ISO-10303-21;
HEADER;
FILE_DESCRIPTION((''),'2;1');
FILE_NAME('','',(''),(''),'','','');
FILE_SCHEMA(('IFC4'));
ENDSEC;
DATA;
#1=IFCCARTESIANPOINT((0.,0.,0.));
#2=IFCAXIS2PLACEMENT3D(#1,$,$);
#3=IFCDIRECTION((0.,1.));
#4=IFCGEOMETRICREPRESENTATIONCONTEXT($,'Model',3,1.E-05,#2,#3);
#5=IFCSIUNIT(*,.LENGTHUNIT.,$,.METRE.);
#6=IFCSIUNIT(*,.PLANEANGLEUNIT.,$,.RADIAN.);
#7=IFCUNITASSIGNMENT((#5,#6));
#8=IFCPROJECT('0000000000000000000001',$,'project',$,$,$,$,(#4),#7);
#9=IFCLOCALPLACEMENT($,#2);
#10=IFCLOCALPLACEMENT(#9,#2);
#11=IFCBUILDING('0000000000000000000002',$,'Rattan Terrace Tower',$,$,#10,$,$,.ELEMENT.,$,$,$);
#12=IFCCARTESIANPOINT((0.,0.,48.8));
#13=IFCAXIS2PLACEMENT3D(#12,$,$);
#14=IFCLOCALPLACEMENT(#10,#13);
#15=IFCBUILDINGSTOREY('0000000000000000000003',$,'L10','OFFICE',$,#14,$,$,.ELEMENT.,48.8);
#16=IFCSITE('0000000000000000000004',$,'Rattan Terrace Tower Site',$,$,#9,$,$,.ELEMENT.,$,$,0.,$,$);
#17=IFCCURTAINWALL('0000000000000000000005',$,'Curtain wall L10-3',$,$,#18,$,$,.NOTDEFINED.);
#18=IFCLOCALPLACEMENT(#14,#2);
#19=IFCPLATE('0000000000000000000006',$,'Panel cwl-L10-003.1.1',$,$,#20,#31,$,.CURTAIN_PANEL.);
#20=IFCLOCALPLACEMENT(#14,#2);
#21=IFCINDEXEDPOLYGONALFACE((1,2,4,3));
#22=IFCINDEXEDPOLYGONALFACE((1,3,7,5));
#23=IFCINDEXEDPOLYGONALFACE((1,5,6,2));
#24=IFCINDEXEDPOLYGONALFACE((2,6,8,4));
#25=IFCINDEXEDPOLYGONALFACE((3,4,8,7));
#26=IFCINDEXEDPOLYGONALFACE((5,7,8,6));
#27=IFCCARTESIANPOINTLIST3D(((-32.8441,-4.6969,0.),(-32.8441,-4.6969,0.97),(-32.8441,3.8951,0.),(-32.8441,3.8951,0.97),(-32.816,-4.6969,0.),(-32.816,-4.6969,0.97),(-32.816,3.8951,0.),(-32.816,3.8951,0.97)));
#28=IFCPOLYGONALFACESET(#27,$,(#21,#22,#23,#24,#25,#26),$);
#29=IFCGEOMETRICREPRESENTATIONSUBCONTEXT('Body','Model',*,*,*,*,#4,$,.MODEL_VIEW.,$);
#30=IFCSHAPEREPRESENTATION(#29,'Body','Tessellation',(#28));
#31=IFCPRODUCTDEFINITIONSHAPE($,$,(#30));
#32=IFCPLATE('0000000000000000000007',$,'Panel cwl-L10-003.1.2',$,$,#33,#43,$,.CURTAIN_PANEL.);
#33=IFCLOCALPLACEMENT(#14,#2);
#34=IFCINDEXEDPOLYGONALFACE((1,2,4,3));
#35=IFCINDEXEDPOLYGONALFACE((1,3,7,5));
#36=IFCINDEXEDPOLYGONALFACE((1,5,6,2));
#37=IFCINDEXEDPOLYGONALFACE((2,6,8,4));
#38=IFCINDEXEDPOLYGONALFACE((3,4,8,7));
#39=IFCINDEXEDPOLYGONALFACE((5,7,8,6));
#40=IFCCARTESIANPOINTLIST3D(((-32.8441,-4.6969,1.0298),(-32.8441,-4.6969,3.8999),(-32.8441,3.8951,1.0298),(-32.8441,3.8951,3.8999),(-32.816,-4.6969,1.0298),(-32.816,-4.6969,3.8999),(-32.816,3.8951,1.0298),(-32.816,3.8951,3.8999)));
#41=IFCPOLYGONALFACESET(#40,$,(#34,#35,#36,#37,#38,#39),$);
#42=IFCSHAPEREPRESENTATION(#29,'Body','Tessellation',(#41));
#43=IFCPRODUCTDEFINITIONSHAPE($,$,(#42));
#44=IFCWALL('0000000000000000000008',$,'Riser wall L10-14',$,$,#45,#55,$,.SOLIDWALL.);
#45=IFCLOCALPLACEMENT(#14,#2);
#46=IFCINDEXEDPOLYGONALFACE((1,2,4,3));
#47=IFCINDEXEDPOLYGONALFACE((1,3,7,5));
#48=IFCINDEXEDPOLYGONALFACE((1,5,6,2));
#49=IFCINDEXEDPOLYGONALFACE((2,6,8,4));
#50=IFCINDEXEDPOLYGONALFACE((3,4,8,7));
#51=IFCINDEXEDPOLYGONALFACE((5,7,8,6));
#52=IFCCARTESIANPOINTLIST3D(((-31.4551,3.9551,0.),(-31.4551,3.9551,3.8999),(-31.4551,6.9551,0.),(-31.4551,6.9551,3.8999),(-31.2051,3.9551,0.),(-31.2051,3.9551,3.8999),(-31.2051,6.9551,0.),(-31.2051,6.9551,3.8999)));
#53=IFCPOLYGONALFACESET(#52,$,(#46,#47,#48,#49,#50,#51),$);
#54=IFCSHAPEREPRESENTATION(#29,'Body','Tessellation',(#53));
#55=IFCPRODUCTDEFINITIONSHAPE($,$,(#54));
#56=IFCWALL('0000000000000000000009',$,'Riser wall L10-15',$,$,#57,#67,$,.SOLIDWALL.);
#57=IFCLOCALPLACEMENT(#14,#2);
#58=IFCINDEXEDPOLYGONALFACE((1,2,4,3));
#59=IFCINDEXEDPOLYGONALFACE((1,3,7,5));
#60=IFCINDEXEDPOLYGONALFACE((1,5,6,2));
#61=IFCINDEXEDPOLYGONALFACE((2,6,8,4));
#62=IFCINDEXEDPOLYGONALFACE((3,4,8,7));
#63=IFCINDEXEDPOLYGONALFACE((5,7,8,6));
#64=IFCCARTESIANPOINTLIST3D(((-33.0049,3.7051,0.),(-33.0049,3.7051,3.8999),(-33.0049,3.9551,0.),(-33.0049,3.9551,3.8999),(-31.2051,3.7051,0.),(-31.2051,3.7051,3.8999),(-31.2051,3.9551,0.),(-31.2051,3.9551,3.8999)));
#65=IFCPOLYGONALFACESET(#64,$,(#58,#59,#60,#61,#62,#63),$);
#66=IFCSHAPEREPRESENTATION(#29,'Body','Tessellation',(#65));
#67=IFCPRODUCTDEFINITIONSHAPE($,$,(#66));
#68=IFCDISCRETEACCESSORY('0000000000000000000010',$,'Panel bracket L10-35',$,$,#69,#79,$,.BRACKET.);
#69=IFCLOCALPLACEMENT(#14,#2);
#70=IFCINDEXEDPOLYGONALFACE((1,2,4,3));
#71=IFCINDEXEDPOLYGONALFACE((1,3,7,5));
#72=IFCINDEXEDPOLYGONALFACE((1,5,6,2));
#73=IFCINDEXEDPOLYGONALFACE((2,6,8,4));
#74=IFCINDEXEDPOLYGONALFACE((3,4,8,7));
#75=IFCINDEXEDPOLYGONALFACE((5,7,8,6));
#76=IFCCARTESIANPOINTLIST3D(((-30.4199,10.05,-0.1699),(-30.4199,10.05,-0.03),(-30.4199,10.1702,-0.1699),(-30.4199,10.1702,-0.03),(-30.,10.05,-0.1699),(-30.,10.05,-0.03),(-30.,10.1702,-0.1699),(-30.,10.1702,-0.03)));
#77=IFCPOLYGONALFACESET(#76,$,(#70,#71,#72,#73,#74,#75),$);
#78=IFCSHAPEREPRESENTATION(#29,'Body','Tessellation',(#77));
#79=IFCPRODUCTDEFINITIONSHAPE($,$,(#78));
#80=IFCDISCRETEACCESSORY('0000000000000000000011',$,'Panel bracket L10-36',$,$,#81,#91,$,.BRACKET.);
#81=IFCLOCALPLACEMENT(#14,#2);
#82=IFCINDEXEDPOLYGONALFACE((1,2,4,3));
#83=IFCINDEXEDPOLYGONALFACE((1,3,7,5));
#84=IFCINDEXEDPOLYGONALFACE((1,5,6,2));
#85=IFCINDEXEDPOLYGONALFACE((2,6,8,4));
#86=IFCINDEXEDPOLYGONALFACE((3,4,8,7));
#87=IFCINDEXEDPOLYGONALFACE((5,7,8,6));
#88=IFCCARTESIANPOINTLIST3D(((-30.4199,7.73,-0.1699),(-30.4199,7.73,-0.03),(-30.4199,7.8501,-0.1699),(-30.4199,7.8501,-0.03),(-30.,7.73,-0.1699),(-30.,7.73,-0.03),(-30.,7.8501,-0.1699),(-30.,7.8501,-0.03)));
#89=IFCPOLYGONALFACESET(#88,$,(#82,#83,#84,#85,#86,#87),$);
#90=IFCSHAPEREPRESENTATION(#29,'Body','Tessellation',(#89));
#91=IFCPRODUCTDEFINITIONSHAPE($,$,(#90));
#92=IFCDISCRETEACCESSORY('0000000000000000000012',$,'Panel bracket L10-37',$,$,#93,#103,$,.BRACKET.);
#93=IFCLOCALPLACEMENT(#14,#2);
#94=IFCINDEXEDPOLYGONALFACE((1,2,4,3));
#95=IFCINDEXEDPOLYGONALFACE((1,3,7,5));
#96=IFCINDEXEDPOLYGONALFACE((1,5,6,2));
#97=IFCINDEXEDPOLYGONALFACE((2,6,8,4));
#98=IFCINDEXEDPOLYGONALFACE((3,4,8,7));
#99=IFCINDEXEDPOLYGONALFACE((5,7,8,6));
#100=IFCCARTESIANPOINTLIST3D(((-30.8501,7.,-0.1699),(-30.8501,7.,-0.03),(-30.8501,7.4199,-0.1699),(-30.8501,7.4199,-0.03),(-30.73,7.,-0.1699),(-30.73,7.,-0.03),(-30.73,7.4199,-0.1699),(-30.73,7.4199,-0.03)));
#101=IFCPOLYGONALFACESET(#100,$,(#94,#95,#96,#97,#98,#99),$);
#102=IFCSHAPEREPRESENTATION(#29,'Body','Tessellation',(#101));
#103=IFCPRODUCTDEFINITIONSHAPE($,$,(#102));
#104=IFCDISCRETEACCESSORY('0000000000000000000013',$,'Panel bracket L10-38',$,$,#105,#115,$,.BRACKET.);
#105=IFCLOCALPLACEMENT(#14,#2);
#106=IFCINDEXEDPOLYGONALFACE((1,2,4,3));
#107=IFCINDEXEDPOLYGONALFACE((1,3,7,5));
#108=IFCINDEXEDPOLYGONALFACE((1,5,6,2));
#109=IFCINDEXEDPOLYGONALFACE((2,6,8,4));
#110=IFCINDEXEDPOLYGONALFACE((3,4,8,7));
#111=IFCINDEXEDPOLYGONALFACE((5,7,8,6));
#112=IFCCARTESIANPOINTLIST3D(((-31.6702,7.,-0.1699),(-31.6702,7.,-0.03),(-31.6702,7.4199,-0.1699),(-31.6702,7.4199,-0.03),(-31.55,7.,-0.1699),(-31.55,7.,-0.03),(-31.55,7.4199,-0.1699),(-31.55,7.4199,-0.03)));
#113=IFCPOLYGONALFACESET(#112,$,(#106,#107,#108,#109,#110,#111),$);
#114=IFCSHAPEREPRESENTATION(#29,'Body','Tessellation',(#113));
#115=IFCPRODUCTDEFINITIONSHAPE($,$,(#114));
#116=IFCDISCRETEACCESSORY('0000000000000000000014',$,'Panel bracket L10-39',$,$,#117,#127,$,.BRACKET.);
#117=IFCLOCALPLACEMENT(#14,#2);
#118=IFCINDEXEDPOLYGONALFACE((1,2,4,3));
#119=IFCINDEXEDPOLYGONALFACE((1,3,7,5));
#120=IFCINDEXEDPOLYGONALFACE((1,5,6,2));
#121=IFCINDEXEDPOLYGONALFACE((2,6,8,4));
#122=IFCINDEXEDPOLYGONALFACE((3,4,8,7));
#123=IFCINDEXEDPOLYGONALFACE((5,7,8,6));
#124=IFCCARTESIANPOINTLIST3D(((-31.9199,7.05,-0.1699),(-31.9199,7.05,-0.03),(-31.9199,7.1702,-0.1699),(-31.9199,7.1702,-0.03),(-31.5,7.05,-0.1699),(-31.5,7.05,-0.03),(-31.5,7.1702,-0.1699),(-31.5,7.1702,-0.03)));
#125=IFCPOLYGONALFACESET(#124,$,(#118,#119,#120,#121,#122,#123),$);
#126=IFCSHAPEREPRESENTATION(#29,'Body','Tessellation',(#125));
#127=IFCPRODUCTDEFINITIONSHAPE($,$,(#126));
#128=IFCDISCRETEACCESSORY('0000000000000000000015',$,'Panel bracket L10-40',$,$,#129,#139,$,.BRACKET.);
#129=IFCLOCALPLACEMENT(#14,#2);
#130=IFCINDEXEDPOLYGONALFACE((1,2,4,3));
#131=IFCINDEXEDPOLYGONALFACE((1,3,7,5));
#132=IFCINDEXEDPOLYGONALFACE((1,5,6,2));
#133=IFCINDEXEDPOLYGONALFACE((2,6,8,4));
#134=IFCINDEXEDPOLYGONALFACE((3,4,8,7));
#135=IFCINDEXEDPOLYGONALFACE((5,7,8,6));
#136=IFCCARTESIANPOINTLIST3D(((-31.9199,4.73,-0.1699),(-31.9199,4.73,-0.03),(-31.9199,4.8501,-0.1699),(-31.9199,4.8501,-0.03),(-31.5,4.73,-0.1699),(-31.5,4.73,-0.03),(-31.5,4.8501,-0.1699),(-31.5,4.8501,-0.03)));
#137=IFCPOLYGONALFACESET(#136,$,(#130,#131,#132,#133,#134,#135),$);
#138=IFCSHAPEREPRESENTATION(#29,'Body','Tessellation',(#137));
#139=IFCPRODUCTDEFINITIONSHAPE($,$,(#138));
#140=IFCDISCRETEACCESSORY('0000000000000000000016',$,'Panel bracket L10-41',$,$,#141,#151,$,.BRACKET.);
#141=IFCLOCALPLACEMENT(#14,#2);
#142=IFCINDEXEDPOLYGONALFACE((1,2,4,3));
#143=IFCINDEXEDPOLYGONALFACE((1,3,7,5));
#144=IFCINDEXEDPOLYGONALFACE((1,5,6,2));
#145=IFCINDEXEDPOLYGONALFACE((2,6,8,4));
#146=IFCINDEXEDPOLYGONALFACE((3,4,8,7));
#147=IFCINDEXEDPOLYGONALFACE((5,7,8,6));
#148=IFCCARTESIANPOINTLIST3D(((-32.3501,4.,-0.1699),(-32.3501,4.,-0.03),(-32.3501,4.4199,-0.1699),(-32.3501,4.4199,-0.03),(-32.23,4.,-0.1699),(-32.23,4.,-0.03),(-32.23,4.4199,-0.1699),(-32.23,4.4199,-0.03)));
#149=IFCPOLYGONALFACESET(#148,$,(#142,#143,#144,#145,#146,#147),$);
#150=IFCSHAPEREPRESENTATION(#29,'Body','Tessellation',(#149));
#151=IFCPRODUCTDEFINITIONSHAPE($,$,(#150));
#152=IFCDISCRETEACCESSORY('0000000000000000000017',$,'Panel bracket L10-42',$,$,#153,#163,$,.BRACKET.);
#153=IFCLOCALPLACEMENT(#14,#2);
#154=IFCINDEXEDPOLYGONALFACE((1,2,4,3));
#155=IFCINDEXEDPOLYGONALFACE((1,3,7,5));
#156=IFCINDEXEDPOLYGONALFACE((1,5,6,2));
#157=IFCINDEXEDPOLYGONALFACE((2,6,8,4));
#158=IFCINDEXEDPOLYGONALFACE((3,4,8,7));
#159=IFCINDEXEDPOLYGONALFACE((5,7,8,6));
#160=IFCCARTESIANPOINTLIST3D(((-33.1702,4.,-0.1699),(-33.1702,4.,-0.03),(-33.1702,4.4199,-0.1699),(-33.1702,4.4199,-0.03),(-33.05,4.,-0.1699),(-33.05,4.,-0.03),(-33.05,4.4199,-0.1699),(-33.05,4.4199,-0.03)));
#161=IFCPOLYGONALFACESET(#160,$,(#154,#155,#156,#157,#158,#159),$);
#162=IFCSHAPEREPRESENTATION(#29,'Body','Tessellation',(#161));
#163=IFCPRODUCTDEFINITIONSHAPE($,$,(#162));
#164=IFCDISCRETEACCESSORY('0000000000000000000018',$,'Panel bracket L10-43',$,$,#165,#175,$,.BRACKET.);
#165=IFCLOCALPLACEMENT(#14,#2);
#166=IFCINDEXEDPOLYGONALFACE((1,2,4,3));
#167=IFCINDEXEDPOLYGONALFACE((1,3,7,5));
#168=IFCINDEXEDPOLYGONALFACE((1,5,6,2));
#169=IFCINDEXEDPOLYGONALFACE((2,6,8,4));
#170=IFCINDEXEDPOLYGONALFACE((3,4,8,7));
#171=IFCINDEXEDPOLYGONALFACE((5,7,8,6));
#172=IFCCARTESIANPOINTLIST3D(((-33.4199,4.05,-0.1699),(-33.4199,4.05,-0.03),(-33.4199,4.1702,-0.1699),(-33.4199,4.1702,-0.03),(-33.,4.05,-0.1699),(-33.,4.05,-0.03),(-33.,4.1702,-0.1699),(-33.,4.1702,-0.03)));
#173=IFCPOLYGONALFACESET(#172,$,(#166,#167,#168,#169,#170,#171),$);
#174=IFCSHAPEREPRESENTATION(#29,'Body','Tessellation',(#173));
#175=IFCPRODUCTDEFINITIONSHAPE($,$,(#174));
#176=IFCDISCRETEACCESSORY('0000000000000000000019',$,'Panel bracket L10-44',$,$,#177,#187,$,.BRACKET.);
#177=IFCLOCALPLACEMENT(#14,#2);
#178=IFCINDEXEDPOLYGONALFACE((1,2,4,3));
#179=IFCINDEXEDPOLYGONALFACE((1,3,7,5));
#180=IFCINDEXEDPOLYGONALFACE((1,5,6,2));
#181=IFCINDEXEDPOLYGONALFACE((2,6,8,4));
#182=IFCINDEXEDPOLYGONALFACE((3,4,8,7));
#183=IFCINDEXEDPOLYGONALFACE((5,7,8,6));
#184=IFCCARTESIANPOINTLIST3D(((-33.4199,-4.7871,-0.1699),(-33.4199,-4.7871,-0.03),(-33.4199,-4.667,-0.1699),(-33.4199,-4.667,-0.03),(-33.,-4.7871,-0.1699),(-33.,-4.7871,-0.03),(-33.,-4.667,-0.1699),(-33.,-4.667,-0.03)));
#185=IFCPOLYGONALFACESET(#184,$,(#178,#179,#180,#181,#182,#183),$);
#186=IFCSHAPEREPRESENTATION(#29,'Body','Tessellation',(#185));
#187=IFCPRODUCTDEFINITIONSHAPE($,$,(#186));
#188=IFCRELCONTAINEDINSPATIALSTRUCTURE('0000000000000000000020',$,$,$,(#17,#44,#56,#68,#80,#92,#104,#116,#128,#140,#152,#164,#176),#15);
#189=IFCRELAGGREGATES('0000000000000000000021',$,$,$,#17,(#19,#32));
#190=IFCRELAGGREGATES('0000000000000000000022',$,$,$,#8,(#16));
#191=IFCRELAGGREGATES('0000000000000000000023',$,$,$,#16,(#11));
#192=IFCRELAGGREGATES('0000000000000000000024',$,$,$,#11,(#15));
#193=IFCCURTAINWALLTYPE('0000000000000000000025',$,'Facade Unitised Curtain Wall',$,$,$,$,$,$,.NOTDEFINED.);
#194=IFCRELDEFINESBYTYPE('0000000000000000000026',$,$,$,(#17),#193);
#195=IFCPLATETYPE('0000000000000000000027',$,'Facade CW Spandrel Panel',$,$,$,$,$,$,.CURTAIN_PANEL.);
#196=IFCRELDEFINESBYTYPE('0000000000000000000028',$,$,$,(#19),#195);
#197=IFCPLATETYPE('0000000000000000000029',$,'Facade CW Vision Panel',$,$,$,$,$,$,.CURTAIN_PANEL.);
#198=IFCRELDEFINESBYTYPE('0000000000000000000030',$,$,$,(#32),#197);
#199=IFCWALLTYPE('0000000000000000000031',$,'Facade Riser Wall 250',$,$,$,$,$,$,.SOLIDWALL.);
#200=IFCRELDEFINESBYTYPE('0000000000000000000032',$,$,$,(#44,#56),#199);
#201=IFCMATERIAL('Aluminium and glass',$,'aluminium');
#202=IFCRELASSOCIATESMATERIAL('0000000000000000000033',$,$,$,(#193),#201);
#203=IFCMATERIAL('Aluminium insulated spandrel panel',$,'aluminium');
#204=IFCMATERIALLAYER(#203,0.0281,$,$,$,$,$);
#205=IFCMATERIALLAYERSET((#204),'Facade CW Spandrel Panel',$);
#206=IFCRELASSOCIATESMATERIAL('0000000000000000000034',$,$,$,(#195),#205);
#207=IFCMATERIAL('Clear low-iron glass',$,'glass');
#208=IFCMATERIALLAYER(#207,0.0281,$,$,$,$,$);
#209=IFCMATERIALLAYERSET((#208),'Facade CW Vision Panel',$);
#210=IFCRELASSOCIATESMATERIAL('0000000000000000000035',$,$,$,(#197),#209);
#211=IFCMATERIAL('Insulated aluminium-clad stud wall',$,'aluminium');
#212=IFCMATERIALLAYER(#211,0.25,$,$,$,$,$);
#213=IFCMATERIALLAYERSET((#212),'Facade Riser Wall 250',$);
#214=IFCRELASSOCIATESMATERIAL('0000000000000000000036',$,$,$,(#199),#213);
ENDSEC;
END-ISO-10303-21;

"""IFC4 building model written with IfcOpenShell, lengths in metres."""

from ifc_helpers import new_model, si_unit, direction, frame, frame_2d, origin, origin_2d, place, context, subcontext, project, spatial, rectangle, extrude, material, layer, layer_set, type_object, element, aggregate, save


model = new_model("IFC4")

# Units and contexts
model_context = context("Model", 3, precision=1e-05, world=origin(), true_north=direction((0.0, 1.0)))
body_context = subcontext(model_context, "Body", "Model", "MODEL_VIEW")
ifc_project = project(units=[si_unit("LENGTHUNIT", "METRE"), si_unit("PLANEANGLEUNIT", "RADIAN")], contexts=[model_context])

# Site, building, storey
site_placement = place(None, origin())
site = spatial("IfcSite", under=ifc_project, at=site_placement, Name="Rattan Terrace Tower Site", CompositionType="ELEMENT", RefElevation=0.0)
building_placement = place(site_placement, origin())
building = spatial("IfcBuilding", under=site, at=building_placement, Name="Rattan Terrace Tower", CompositionType="ELEMENT")
storey_placement = place(building_placement, frame((0.0, 0.0, 48.8)))
storey = spatial("IfcBuildingStorey", under=building, at=storey_placement, Name="L10", Description="OFFICE", CompositionType="ELEMENT", Elevation=48.8)

# Curtain wall
ifc_material_1 = material(Name="Aluminium and glass", Category="aluminium")
curtain_wall_type = type_object("IfcCurtainWallType", Name="Facade Unitised Curtain Wall", PredefinedType="NOTDEFINED", material=ifc_material_1)
curtain_wall_placement = place(storey_placement, origin())
curtain_wall = element("IfcCurtainWall", 1, at=curtain_wall_placement, inside=storey, type_object=curtain_wall_type, Name="Curtain wall L10-3", PredefinedType="NOTDEFINED")

# Plates
ifc_material_2 = material(Name="Aluminium insulated spandrel panel", Category="aluminium")
ifc_layer_1 = layer(ifc_material_2, 0.0281)
ifc_layer_set_1 = layer_set([ifc_layer_1], Name="Facade CW Spandrel Panel")
plate_type_1 = type_object("IfcPlateType", Name="Facade CW Spandrel Panel", PredefinedType="CURTAIN_PANEL", material=ifc_layer_set_1)
plate_1_placement = place(storey_placement, frame((-32.8301, -0.4009, 0.0), z_axis=(0.0, 0.0, 1.0), x_axis=(0.0, -1.0, 0.0)))
plate_1 = element("IfcPlate", 2, at=plate_1_placement, type_object=plate_type_1, Name="Panel cwl-L10-003.1.1", PredefinedType="CURTAIN_PANEL", context=body_context, shape_type="SweptSolid", body=[
    extrude(rectangle(XDim=8.592, YDim=0.0281, at=origin_2d()), origin(), (0.0, 0.0, 1.0), 0.97),
])
ifc_material_3 = material(Name="Clear low-iron glass", Category="glass")
ifc_layer_2 = layer(ifc_material_3, 0.0281)
ifc_layer_set_2 = layer_set([ifc_layer_2], Name="Facade CW Vision Panel")
plate_type_2 = type_object("IfcPlateType", Name="Facade CW Vision Panel", PredefinedType="CURTAIN_PANEL", material=ifc_layer_set_2)
plate_2_placement = place(storey_placement, frame((-32.8301, -0.4009, 1.0298), z_axis=(0.0, 0.0, 1.0), x_axis=(0.0, -1.0, 0.0)))
plate_2 = element("IfcPlate", 3, at=plate_2_placement, type_object=plate_type_2, Name="Panel cwl-L10-003.1.2", PredefinedType="CURTAIN_PANEL", context=body_context, shape_type="SweptSolid", body=[
    extrude(rectangle(XDim=8.592, YDim=0.0281, at=origin_2d()), origin(), (0.0, 0.0, 1.0), 2.8701),
])
aggregate(curtain_wall, [plate_1, plate_2])

# Walls
ifc_material_4 = material(Name="Insulated aluminium-clad stud wall", Category="aluminium")
ifc_layer_3 = layer(ifc_material_4, 0.25)
ifc_layer_set_3 = layer_set([ifc_layer_3], Name="Facade Riser Wall 250")
wall_type = type_object("IfcWallType", Name="Facade Riser Wall 250", PredefinedType="SOLIDWALL", material=ifc_layer_set_3)
wall_1_placement = place(storey_placement, frame((-31.3301, 6.9551, 0.0), z_axis=(0.0, 0.0, 1.0), x_axis=(0.0, -1.0, 0.0)))
element("IfcWall", 4, at=wall_1_placement, inside=storey, type_object=wall_type, Name="Riser wall L10-14", PredefinedType="SOLIDWALL", context=body_context, shape_type="SweptSolid", body=[
    extrude(rectangle(XDim=3.0, YDim=0.25, at=frame_2d((1.5, 0.0))), origin(), (0.0, 0.0, 1.0), 3.8999),
])
wall_2_placement = place(storey_placement, frame((-31.2051, 3.8301, 0.0), z_axis=(0.0, 0.0, 1.0), x_axis=(-1.0, 0.0, 0.0)))
element("IfcWall", 5, at=wall_2_placement, inside=storey, type_object=wall_type, Name="Riser wall L10-15", PredefinedType="SOLIDWALL", context=body_context, shape_type="SweptSolid", body=[
    extrude(rectangle(XDim=1.7998, YDim=0.25, at=frame_2d((0.8999, 0.0))), origin(), (0.0, 0.0, 1.0), 3.8999),
])

# Discrete accessories
for number, where, z_axis, x_axis, name in (
    (6, (-30.21, 10.1101, -0.1699), (0.0, 0.0, 1.0), (0.0, -1.0, 0.0), "Panel bracket L10-35"),
    (7, (-30.21, 7.79, -0.1699), (0.0, 0.0, 1.0), (0.0, -1.0, 0.0), "Panel bracket L10-36"),
    (8, (-30.79, 7.21, -0.1699), (0.0, 0.0, 1.0), (-1.0, 0.0, 0.0), "Panel bracket L10-37"),
    (9, (-31.6101, 7.21, -0.1699), (0.0, 0.0, 1.0), (-1.0, 0.0, 0.0), "Panel bracket L10-38"),
    (10, (-31.71, 7.1101, -0.1699), (0.0, 0.0, 1.0), (0.0, -1.0, 0.0), "Panel bracket L10-39"),
    (11, (-31.71, 4.79, -0.1699), (0.0, 0.0, 1.0), (0.0, -1.0, 0.0), "Panel bracket L10-40"),
    (12, (-32.29, 4.21, -0.1699), (0.0, 0.0, 1.0), (-1.0, 0.0, 0.0), "Panel bracket L10-41"),
    (13, (-33.1101, 4.21, -0.1699), (0.0, 0.0, 1.0), (-1.0, 0.0, 0.0), "Panel bracket L10-42"),
    (14, (-33.21, 4.1101, -0.1699), (0.0, 0.0, 1.0), (0.0, -1.0, 0.0), "Panel bracket L10-43"),
    (15, (-33.21, -4.7271, -0.1699), (0.0, 0.0, 1.0), (0.0, -1.0, 0.0), "Panel bracket L10-44"),
):
    element("IfcDiscreteAccessory", number, at=place(storey_placement, frame(where, z_axis=z_axis, x_axis=x_axis)), inside=storey, Name=name, PredefinedType="BRACKET", context=body_context, shape_type="SweptSolid", body=[
        extrude(rectangle(XDim=0.1201, YDim=0.4199, at=origin_2d()), origin(), (0.0, 0.0, 1.0), 0.1399),
    ])

save(model, "model.ifc")
